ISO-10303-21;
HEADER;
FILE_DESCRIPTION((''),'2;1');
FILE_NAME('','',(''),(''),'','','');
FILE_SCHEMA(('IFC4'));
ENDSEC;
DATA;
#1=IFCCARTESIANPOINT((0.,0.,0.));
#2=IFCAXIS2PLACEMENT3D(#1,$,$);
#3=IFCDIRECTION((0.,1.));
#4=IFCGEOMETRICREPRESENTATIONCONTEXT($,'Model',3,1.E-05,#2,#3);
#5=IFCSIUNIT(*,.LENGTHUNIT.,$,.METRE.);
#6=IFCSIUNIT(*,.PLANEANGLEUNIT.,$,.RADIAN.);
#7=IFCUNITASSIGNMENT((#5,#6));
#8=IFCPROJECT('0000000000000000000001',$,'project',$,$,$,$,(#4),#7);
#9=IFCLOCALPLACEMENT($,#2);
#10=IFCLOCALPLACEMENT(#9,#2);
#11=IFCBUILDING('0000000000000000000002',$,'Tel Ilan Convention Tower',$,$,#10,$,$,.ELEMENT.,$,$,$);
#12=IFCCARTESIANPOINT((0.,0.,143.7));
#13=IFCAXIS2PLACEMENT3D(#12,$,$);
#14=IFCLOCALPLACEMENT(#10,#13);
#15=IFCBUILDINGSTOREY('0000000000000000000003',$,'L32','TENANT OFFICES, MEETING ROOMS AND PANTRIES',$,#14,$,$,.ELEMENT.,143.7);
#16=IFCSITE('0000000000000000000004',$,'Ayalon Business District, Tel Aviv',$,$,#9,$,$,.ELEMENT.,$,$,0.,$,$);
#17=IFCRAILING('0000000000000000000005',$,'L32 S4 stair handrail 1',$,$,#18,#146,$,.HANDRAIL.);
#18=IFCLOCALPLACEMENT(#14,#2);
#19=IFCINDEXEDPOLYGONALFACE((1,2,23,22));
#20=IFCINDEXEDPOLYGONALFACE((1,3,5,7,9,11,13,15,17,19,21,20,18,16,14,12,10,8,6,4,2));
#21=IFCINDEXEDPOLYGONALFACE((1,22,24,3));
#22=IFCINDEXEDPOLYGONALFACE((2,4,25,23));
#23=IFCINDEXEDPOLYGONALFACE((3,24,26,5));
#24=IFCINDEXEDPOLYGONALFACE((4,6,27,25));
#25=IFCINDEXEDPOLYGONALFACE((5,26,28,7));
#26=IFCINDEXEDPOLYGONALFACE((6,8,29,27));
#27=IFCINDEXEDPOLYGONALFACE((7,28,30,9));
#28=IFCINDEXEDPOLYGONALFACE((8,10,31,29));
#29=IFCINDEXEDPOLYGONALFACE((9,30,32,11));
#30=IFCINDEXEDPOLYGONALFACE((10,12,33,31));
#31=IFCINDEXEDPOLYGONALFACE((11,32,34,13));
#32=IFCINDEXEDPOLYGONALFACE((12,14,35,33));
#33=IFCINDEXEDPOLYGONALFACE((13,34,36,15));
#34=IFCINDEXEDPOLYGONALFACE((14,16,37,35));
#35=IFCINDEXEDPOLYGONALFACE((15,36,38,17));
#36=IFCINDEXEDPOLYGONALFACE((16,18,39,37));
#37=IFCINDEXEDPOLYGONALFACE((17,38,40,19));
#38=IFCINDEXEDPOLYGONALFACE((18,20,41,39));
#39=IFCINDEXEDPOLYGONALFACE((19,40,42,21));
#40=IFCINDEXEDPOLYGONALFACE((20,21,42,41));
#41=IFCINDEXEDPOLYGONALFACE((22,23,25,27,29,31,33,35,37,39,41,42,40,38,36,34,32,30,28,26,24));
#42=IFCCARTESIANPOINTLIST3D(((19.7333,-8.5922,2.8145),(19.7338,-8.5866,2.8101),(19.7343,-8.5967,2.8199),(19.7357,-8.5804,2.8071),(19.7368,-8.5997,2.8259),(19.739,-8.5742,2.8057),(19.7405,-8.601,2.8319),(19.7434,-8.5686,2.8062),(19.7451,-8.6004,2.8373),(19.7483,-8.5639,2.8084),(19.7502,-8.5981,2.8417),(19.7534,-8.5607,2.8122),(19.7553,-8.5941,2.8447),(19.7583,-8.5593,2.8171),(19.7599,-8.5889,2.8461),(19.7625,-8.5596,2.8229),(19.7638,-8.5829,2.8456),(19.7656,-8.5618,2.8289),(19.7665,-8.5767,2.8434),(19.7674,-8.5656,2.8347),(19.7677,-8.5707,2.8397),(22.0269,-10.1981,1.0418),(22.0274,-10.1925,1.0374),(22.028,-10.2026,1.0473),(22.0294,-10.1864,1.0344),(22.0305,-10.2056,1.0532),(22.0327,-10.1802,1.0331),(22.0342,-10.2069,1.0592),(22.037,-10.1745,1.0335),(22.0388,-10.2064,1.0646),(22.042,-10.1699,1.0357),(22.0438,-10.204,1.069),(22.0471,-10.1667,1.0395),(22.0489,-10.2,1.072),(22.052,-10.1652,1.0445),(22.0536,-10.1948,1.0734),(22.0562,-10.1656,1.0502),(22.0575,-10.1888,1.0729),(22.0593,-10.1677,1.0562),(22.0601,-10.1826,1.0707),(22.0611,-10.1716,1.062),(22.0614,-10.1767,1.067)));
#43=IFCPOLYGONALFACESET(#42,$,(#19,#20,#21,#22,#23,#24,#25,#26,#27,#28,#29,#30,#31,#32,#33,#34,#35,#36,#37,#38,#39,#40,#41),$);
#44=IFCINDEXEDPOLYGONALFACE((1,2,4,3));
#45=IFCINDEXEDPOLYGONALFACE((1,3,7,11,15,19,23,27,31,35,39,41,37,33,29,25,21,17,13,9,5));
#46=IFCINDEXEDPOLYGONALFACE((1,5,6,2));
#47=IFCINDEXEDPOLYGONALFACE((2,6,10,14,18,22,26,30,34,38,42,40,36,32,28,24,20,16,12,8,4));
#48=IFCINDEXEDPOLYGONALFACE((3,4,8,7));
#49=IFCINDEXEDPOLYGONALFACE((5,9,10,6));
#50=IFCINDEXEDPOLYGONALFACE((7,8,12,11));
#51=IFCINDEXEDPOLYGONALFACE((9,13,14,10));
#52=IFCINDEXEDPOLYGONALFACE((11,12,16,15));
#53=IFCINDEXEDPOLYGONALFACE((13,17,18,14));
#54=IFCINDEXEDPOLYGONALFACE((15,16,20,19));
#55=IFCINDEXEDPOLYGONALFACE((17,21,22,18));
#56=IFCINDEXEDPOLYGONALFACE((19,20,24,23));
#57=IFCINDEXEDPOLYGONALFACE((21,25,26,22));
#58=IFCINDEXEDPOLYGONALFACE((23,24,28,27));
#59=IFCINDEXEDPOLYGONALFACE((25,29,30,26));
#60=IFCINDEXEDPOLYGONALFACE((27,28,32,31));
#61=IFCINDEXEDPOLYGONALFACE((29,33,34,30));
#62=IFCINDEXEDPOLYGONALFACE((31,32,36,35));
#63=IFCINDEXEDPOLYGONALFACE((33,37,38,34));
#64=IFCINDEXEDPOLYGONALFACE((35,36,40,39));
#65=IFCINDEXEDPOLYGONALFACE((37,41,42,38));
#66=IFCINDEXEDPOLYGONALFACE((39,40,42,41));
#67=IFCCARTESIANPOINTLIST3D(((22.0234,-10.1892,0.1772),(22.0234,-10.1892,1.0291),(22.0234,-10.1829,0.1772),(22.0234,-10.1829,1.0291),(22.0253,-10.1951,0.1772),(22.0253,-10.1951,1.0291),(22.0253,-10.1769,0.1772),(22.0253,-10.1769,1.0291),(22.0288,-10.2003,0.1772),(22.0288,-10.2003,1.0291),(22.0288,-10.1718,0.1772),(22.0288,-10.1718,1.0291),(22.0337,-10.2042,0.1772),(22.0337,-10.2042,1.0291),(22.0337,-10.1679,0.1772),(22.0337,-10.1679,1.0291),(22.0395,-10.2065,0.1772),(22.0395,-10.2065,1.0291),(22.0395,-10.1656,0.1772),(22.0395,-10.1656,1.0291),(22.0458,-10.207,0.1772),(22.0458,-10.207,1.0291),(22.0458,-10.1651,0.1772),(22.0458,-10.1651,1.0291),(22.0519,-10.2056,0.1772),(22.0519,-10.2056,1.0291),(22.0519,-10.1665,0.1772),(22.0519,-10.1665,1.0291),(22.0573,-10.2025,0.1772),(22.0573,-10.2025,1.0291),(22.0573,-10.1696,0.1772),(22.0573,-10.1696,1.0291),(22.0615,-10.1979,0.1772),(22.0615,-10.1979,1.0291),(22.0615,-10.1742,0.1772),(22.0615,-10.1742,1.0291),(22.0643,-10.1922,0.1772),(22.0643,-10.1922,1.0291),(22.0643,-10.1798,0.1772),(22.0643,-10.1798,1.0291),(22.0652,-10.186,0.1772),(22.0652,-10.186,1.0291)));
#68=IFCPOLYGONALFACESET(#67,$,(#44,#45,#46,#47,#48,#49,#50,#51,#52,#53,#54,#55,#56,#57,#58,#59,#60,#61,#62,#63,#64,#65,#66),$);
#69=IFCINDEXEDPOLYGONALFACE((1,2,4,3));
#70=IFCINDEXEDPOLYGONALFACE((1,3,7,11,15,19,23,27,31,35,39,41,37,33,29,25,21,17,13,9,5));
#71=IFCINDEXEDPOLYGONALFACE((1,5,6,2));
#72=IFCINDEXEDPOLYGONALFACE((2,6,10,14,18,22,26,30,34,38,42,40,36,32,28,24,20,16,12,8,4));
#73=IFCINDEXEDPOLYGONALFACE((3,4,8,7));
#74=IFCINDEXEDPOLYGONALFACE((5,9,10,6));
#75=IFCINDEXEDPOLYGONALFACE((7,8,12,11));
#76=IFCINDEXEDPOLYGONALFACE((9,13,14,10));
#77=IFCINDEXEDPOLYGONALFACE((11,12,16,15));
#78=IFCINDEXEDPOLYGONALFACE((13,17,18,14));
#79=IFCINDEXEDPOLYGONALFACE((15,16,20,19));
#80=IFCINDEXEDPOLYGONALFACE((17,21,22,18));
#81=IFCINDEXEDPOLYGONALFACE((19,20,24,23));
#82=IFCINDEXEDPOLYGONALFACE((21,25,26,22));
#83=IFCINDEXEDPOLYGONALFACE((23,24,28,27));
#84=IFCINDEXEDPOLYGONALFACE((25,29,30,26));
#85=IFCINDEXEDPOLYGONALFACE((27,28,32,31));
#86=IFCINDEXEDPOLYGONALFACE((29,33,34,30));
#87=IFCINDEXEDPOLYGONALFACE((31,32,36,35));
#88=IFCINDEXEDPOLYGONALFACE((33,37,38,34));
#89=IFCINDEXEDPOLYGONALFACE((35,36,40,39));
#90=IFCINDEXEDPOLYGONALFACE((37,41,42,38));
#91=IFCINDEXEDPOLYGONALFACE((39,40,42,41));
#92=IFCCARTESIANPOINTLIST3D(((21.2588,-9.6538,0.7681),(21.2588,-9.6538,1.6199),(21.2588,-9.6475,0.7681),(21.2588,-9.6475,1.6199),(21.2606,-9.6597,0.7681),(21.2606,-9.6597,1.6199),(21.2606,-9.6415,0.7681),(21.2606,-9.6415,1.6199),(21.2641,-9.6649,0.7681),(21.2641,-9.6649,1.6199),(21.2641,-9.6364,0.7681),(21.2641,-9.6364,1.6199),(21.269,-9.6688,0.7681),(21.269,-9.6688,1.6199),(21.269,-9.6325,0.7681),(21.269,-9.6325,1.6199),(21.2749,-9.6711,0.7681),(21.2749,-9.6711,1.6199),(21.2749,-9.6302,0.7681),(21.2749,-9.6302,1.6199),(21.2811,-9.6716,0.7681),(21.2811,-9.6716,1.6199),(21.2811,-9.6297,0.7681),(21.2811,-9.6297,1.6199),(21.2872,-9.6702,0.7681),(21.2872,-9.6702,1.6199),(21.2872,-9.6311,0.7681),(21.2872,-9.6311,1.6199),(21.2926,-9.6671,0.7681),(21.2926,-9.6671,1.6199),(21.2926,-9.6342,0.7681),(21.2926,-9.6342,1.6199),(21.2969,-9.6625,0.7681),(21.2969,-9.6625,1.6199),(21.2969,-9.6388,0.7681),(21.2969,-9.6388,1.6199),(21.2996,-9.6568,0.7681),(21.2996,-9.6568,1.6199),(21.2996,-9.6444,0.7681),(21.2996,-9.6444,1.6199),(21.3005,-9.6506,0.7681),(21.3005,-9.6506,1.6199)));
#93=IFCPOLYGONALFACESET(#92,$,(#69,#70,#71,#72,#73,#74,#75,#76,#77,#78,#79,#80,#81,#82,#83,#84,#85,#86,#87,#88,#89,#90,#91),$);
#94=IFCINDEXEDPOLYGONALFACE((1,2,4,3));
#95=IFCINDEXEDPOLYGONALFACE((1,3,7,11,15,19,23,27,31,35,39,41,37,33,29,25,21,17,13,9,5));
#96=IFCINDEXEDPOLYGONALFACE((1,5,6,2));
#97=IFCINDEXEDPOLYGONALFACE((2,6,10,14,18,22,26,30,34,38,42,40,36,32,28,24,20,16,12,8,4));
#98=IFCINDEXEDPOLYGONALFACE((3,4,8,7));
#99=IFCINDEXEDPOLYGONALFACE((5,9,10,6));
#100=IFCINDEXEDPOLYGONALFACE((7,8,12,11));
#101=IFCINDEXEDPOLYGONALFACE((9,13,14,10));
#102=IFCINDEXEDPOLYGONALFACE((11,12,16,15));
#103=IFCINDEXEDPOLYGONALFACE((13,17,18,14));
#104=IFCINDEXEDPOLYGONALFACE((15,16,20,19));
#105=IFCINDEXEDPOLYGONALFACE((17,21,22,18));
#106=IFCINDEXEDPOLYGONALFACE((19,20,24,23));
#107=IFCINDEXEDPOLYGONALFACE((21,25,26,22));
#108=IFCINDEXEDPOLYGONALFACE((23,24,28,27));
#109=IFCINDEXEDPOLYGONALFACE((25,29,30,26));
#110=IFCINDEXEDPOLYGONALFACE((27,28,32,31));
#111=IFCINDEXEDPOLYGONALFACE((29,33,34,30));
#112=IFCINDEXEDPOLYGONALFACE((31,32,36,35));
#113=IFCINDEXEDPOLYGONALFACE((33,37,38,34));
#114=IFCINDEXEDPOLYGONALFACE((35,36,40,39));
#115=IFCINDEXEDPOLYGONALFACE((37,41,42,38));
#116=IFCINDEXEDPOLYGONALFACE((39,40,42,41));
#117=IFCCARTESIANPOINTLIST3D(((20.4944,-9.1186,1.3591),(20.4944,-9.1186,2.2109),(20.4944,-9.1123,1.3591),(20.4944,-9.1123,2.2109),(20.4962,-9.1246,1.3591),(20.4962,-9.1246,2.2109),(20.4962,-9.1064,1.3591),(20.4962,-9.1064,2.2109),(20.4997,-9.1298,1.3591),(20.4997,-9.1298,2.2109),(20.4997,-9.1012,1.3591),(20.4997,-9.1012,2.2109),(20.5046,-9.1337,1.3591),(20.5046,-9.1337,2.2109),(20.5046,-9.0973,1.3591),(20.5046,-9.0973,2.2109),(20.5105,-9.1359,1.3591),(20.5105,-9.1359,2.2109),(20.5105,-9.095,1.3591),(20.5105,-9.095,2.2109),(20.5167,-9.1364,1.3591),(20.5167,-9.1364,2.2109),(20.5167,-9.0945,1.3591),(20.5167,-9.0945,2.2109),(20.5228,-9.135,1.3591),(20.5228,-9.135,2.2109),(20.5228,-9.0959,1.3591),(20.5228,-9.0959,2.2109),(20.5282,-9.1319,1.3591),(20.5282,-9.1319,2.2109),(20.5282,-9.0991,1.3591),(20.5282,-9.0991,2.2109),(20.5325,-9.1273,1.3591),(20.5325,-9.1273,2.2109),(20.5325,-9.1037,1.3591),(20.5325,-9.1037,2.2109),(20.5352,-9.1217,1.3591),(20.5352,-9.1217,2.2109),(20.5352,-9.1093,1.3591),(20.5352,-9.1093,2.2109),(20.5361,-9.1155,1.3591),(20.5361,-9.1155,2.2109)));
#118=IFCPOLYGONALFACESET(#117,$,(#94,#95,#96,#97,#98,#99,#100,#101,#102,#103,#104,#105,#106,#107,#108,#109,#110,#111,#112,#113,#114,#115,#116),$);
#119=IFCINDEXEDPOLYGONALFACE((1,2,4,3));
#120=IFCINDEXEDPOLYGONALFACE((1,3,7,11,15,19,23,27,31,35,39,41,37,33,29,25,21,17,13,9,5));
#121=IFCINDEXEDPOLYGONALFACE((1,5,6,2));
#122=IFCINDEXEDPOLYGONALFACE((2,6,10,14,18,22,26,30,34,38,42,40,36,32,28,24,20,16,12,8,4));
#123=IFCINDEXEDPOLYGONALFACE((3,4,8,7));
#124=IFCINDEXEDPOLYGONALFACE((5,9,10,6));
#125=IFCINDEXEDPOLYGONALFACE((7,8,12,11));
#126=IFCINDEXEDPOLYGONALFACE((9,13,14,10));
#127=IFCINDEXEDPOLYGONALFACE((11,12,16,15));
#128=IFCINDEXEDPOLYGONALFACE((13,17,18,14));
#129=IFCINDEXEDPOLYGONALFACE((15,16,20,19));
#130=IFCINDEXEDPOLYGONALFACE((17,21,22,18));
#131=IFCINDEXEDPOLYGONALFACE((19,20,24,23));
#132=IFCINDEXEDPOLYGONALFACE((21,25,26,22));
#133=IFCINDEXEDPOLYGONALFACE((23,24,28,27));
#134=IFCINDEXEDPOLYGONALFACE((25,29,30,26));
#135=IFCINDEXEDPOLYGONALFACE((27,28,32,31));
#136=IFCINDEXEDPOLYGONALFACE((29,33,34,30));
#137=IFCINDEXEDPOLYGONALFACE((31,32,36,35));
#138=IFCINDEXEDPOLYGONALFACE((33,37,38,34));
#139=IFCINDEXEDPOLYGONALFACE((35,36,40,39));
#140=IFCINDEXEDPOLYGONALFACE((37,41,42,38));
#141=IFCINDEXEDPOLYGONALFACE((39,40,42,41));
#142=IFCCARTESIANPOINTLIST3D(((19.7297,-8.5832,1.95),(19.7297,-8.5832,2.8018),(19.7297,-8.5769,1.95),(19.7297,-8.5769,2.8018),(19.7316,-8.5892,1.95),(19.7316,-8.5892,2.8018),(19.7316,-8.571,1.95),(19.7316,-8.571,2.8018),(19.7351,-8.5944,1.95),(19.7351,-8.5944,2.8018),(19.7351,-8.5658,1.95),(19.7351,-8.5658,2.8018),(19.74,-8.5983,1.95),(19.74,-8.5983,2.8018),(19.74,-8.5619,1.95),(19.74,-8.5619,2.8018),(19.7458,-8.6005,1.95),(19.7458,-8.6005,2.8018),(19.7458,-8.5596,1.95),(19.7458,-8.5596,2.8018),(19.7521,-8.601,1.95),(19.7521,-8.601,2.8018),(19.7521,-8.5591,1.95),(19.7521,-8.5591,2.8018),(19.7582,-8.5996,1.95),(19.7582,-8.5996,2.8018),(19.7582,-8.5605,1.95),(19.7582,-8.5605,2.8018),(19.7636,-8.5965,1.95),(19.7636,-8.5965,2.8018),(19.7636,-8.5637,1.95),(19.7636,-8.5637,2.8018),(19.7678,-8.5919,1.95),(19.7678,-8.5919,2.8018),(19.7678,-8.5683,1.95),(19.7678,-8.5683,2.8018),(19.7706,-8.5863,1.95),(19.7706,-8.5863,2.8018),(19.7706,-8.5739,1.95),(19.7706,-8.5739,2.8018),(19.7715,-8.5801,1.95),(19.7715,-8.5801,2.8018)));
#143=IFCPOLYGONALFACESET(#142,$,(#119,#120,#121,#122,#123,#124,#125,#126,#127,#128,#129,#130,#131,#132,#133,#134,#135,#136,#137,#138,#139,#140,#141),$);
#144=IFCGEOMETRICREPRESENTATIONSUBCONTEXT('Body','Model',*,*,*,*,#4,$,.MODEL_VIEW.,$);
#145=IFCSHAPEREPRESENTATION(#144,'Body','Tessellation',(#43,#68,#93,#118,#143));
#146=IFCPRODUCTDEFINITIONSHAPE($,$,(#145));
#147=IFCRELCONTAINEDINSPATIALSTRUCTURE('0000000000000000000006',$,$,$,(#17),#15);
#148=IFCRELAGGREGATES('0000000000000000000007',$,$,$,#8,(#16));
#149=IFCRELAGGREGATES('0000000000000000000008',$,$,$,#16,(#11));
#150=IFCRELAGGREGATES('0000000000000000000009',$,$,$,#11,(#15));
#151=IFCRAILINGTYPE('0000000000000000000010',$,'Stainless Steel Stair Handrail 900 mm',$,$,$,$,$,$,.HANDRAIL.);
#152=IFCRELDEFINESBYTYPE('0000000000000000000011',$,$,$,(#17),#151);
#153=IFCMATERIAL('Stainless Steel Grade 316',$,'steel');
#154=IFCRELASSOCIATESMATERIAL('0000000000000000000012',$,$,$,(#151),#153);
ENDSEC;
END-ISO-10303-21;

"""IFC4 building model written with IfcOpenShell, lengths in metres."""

from ifc_helpers import new_model, si_unit, direction, frame, origin, origin_2d, place, context, subcontext, project, spatial, circle, extrude, material, type_object, element, save


model = new_model("IFC4")

# Units and contexts
model_context = context("Model", 3, precision=1e-05, world=origin(), true_north=direction((0.0, 1.0)))
body_context = subcontext(model_context, "Body", "Model", "MODEL_VIEW")
ifc_project = project(units=[si_unit("LENGTHUNIT", "METRE"), si_unit("PLANEANGLEUNIT", "RADIAN")], contexts=[model_context])

# Site, building, storey
site_placement = place(None, origin())
site = spatial("IfcSite", under=ifc_project, at=site_placement, Name="Ayalon Business District, Tel Aviv", CompositionType="ELEMENT", RefElevation=0.0)
building_placement = place(site_placement, origin())
building = spatial("IfcBuilding", under=site, at=building_placement, Name="Tel Ilan Convention Tower", CompositionType="ELEMENT")
storey_placement = place(building_placement, frame((0.0, 0.0, 143.7)))
storey = spatial("IfcBuildingStorey", under=building, at=storey_placement, Name="L32", Description="TENANT OFFICES, MEETING ROOMS AND PANTRIES", CompositionType="ELEMENT", Elevation=143.7)

# Railing
ifc_material_1 = material(Name="Stainless Steel Grade 316", Category="steel")
railing_type_1 = type_object("IfcRailingType", Name="Stainless Steel Stair Handrail 900 mm", PredefinedType="HANDRAIL", material=ifc_material_1)
railing_1_placement = place(storey_placement, frame((22.0442, -10.186, 0.1772)))
element("IfcRailing", 1, at=railing_1_placement, inside=storey, type_object=railing_type_1, Name="L32 S4 stair handrail 1", PredefinedType="HANDRAIL", context=body_context, shape_type="SweptSolid", body=[
    extrude(circle(Radius=0.0239, at=origin_2d()), frame((0.0, 0.0, 0.876), z_axis=(-0.692123, 0.484597, 0.534913), x_axis=(-0.57355, -0.81917, 0.0)), (0.0, 0.0, 1.0), 3.314),
    extrude(circle(Radius=0.021, at=origin_2d()), origin(), (0.0, 0.0, 1.0), 0.8518),
    extrude(circle(Radius=0.021, at=origin_2d()), frame((-0.7646, 0.5354, 0.5908)), (0.0, 0.0, 1.0), 0.8518),
    extrude(circle(Radius=0.021, at=origin_2d()), frame((-1.5291, 1.0706, 1.1819)), (0.0, 0.0, 1.0), 0.8518),
    extrude(circle(Radius=0.021, at=origin_2d()), frame((-2.2937, 1.606, 1.7727)), (0.0, 0.0, 1.0), 0.8518),
])

save(model, "model.ifc")
